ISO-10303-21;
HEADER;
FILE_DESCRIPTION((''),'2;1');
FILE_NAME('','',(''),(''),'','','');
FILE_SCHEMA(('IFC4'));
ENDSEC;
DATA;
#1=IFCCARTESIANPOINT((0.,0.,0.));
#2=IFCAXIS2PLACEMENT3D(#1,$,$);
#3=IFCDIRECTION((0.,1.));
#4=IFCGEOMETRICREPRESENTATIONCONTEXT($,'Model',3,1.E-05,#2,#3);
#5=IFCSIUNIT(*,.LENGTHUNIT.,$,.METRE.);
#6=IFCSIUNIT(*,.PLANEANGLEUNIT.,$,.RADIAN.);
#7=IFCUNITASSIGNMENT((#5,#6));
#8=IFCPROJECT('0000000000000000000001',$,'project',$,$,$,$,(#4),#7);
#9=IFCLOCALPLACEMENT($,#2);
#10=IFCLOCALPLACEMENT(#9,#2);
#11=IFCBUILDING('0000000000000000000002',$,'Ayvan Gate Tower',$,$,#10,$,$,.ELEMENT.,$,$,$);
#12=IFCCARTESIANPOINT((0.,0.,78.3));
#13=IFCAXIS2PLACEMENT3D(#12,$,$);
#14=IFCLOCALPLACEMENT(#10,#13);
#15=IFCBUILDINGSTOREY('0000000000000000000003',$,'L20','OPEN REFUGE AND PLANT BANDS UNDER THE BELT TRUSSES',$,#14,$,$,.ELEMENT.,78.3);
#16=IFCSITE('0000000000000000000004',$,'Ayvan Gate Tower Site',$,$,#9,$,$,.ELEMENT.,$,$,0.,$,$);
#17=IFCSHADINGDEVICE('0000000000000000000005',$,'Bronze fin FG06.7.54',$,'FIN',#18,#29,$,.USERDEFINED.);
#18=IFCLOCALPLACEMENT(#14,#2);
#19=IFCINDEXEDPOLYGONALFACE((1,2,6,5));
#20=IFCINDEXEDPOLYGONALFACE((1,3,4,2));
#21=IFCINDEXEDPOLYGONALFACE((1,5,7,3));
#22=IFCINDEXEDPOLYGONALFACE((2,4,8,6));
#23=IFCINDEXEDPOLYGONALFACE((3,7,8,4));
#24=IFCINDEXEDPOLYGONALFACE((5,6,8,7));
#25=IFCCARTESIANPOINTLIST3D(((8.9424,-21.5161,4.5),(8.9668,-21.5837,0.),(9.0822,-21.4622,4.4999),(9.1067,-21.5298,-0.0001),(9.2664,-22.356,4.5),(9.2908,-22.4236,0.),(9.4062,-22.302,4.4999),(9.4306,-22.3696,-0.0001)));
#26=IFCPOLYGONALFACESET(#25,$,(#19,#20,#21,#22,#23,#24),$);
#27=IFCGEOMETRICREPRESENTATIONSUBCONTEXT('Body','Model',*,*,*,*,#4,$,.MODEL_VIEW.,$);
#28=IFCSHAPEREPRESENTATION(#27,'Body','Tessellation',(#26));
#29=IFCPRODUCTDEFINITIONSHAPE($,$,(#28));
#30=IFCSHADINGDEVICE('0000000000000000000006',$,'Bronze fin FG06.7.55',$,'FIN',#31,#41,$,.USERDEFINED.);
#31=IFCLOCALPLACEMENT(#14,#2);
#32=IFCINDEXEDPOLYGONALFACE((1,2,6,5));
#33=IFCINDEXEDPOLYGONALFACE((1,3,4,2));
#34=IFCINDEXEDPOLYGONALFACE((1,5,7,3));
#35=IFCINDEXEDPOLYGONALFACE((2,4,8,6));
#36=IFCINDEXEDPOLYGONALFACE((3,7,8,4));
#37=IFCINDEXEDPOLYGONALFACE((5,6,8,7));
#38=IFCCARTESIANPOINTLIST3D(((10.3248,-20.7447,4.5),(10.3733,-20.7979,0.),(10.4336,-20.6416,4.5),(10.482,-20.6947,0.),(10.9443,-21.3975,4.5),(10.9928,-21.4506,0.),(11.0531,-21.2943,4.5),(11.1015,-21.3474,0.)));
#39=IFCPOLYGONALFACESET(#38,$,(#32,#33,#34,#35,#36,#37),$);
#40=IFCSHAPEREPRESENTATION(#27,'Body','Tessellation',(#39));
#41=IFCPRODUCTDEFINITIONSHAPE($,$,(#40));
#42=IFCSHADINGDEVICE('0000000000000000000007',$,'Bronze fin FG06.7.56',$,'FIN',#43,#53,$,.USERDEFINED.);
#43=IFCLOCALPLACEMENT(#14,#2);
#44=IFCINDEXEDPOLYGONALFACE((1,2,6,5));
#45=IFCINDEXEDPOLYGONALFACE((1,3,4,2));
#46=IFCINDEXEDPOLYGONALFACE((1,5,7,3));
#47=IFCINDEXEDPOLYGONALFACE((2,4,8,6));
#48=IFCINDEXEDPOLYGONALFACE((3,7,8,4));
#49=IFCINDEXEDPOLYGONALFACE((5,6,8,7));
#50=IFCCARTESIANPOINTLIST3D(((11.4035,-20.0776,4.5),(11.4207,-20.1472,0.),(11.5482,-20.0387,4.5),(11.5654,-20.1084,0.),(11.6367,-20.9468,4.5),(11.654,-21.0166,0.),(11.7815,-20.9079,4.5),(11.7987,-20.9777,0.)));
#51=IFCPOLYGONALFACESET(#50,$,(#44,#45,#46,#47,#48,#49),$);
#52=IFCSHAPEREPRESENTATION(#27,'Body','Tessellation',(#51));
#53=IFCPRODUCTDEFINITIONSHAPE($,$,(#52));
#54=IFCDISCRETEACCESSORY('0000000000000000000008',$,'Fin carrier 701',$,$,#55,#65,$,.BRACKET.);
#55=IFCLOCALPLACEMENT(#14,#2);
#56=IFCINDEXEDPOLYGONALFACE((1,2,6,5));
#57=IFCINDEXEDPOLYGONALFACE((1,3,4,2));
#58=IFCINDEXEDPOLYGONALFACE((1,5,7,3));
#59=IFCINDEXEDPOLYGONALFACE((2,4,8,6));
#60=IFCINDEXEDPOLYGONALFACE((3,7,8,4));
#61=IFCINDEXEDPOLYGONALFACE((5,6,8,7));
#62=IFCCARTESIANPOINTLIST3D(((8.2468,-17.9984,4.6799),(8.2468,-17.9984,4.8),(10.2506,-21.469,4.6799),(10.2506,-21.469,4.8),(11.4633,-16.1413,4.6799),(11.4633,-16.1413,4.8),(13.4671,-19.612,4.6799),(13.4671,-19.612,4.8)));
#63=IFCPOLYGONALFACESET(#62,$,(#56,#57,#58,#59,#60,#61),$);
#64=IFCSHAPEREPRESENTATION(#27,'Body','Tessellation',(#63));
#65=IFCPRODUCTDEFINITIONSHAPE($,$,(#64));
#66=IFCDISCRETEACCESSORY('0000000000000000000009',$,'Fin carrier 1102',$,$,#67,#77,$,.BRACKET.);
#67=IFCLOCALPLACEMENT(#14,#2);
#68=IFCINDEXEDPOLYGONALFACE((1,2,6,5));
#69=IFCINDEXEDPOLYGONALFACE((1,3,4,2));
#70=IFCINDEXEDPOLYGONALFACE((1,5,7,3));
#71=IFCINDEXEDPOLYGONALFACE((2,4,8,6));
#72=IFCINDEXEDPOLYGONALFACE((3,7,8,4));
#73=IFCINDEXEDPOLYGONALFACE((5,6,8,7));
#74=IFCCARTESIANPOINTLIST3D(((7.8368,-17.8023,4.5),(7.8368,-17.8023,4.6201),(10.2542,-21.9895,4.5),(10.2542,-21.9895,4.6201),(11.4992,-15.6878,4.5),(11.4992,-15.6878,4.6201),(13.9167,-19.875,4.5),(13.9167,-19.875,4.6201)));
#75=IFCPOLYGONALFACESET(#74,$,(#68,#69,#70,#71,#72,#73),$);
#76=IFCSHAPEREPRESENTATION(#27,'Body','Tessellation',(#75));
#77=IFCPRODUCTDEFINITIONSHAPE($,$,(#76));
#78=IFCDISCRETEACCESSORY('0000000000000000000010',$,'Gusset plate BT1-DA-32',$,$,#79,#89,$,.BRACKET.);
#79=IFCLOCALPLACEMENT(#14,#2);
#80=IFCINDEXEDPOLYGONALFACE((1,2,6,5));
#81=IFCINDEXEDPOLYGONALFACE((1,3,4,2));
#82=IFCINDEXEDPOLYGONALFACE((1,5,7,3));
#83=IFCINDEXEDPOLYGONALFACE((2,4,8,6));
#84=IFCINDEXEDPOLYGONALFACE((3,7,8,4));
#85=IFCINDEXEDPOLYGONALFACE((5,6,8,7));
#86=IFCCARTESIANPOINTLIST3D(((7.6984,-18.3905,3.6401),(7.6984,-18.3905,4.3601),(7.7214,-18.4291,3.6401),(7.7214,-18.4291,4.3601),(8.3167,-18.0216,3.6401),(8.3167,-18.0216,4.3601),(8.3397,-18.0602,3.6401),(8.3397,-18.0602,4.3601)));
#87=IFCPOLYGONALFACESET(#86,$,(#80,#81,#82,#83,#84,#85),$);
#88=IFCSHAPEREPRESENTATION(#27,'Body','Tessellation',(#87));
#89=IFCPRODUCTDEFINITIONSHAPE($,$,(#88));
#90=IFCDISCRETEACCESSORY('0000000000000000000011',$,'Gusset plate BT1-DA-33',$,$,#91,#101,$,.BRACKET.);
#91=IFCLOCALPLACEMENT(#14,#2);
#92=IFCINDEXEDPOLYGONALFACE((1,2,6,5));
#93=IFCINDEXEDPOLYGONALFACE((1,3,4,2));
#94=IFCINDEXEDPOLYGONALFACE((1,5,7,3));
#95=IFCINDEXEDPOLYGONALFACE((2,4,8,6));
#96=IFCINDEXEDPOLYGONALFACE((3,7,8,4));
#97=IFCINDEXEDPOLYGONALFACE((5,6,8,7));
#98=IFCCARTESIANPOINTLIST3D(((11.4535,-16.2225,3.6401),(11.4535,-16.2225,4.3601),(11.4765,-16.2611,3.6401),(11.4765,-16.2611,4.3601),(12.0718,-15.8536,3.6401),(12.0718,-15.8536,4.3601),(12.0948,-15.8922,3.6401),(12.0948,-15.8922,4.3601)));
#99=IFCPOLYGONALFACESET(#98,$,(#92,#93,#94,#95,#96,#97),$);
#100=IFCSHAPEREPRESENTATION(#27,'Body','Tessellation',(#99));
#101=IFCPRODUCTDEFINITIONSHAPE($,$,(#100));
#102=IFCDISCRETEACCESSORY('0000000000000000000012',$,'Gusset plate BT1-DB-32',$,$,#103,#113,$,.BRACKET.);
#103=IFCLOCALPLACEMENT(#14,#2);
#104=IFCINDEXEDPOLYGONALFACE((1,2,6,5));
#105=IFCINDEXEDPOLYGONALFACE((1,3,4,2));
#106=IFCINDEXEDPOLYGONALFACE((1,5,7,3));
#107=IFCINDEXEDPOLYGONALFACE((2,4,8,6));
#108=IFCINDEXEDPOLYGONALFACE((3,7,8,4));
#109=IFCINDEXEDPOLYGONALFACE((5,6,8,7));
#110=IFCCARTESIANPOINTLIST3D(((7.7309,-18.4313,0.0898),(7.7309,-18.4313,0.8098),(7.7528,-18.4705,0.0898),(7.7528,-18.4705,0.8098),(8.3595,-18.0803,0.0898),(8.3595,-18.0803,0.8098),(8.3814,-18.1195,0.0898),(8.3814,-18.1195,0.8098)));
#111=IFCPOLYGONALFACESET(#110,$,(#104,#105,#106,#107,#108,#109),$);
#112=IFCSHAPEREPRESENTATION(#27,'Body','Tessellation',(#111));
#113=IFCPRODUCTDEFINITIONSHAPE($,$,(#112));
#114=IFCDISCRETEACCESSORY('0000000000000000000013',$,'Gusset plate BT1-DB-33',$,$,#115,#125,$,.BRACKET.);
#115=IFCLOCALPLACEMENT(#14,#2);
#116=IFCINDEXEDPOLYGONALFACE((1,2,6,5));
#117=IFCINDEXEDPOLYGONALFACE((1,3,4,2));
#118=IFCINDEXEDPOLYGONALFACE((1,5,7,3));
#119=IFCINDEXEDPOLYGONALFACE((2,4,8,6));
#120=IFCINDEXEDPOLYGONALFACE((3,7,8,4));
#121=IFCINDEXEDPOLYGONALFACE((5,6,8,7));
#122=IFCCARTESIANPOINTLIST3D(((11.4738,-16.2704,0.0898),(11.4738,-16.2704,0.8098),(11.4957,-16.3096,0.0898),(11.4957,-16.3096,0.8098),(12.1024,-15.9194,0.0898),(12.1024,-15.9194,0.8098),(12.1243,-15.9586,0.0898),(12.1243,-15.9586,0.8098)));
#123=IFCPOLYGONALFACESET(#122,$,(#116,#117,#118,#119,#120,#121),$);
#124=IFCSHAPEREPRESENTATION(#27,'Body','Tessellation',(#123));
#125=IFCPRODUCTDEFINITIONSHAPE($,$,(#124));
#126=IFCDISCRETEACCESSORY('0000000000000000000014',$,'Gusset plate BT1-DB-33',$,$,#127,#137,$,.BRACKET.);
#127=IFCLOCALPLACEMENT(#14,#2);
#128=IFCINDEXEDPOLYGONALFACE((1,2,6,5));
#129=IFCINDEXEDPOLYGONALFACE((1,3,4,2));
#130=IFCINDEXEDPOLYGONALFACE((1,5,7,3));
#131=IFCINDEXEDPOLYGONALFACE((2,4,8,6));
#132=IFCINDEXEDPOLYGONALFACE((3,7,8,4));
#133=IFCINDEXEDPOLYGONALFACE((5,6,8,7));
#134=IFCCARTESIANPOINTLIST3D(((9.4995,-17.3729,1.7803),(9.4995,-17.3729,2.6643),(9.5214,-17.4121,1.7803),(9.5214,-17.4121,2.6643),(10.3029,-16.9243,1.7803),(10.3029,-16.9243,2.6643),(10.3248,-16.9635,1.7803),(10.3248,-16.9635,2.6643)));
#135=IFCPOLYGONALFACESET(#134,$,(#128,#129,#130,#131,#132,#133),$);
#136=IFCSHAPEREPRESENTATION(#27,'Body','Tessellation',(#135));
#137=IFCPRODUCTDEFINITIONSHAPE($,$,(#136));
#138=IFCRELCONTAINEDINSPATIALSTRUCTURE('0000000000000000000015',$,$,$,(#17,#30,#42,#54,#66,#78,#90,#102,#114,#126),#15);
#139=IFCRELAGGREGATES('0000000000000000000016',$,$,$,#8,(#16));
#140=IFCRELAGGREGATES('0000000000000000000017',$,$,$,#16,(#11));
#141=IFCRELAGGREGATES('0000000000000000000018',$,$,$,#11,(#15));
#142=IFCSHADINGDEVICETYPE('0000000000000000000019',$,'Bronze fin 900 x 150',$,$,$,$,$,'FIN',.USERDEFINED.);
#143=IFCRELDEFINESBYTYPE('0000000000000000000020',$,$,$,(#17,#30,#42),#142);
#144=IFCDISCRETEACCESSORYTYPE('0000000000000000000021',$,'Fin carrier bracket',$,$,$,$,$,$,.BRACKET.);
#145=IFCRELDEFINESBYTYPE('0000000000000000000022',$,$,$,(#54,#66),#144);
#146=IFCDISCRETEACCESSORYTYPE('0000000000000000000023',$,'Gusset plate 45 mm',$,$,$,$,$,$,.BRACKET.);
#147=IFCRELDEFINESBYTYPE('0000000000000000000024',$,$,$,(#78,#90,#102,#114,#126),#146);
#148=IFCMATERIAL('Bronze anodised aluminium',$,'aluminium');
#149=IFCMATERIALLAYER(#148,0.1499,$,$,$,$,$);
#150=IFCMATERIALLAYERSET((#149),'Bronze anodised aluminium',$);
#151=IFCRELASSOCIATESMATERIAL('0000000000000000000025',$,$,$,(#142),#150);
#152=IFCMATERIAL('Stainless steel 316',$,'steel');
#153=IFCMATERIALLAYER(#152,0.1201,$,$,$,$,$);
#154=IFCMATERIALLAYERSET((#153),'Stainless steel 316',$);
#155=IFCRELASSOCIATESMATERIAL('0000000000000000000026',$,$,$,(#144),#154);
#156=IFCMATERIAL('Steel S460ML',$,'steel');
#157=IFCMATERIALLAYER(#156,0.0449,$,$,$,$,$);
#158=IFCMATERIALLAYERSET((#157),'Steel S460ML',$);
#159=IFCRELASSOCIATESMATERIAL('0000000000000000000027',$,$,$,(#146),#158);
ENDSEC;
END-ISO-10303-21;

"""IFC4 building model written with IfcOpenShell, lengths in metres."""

from ifc_helpers import new_model, si_unit, direction, frame, origin, origin_2d, place, context, subcontext, project, spatial, polyline, rectangle, outline, extrude, material, layer, layer_set, type_object, element, save


model = new_model("IFC4")

# Units and contexts
model_context = context("Model", 3, precision=1e-05, world=origin(), true_north=direction((0.0, 1.0)))
body_context = subcontext(model_context, "Body", "Model", "MODEL_VIEW")
ifc_project = project(units=[si_unit("LENGTHUNIT", "METRE"), si_unit("PLANEANGLEUNIT", "RADIAN")], contexts=[model_context])

# Site, building, storey
site_placement = place(None, origin())
site = spatial("IfcSite", under=ifc_project, at=site_placement, Name="Ayvan Gate Tower Site", CompositionType="ELEMENT", RefElevation=0.0)
building_placement = place(site_placement, origin())
building = spatial("IfcBuilding", under=site, at=building_placement, Name="Ayvan Gate Tower", CompositionType="ELEMENT")
storey_placement = place(building_placement, frame((0.0, 0.0, 78.3)))
storey = spatial("IfcBuildingStorey", under=building, at=storey_placement, Name="L20", Description="OPEN REFUGE AND PLANT BANDS UNDER THE BELT TRUSSES", CompositionType="ELEMENT", Elevation=78.3)

# Shared definitions
ifc_material_1 = material(Name="Steel S460ML", Category="steel")

# Shading devices
ifc_material_2 = material(Name="Bronze anodised aluminium", Category="aluminium")
ifc_layer_1 = layer(ifc_material_2, 0.1499)
ifc_layer_set_1 = layer_set([ifc_layer_1], Name="Bronze anodised aluminium")
shading_device_type = type_object("IfcShadingDeviceType", Name="Bronze fin 900 x 150", ElementType="FIN", PredefinedType="USERDEFINED", material=ifc_layer_set_1)
shading_device_1_placement = place(storey_placement, frame((8.9668, -21.5837, 0.0), z_axis=(-0.932989, -0.359906, 0.000347), x_axis=(0.359906, -0.932989, 0.0)))
element("IfcShadingDevice", 1, at=shading_device_1_placement, inside=storey, type_object=shading_device_type, Name="Bronze fin FG06.7.54", ObjectType="FIN", PredefinedType="USERDEFINED", context=body_context, shape_type="SweptSolid", body=[
    extrude(outline(polyline([(0.0, 0.0), (0.9002, 0.0), (0.8283, 4.5), (-0.0719, 4.5), (0.0, 0.0)])), origin(), (0.0, 0.0, -1.0), 0.1499),
])
shading_device_2_placement = place(storey_placement, frame((10.3733, -20.7979, 0.0), z_axis=(-0.725314, -0.688418, 0.000312), x_axis=(0.688418, -0.725314, 0.0)))
element("IfcShadingDevice", 2, at=shading_device_2_placement, inside=storey, type_object=shading_device_type, Name="Bronze fin FG06.7.55", ObjectType="FIN", PredefinedType="USERDEFINED", context=body_context, shape_type="SweptSolid", body=[
    extrude(outline(polyline([(0.0, 0.0), (0.8999, 0.0), (0.828, 4.5), (-0.0719, 4.5), (0.0, 0.0)])), origin(), (0.0, 0.0, -1.0), 0.1499),
])
shading_device_3_placement = place(storey_placement, frame((11.4207, -20.1472, 0.0), z_axis=(-0.965826, -0.25919, 0.000321), x_axis=(0.25919, -0.965826, 0.0)))
element("IfcShadingDevice", 3, at=shading_device_3_placement, inside=storey, type_object=shading_device_type, Name="Bronze fin FG06.7.56", ObjectType="FIN", PredefinedType="USERDEFINED", context=body_context, shape_type="SweptSolid", body=[
    extrude(outline(polyline([(0.0, 0.0), (0.9001, 0.0), (0.8282, 4.5), (-0.0717, 4.5), (0.0, 0.0)])), origin(), (0.0, 0.0, -1.0), 0.1499),
])

# Discrete accessories
ifc_material_3 = material(Name="Stainless steel 316", Category="steel")
ifc_layer_2 = layer(ifc_material_3, 0.1201)
ifc_layer_set_2 = layer_set([ifc_layer_2], Name="Stainless steel 316")
discrete_accessory_type_1 = type_object("IfcDiscreteAccessoryType", Name="Fin carrier bracket", PredefinedType="BRACKET", material=ifc_layer_set_2)
discrete_accessory_1_placement = place(storey_placement, frame((10.8569, -18.8052, 4.6799), z_axis=(0.0, 0.0, 1.0), x_axis=(0.866025, 0.5, 0.0)))
element("IfcDiscreteAccessory", 4, at=discrete_accessory_1_placement, inside=storey, type_object=discrete_accessory_type_1, Name="Fin carrier 701", PredefinedType="BRACKET", context=body_context, shape_type="SweptSolid", body=[
    extrude(rectangle(XDim=3.7141, YDim=4.0076, at=origin_2d()), origin(), (0.0, 0.0, 1.0), 0.1201),
])
discrete_accessory_2_placement = place(storey_placement, frame((10.8767, -18.8386, 4.5), z_axis=(0.0, 0.0, 1.0), x_axis=(0.866025, 0.5, 0.0)))
element("IfcDiscreteAccessory", 5, at=discrete_accessory_2_placement, inside=storey, type_object=discrete_accessory_type_1, Name="Fin carrier 1102", PredefinedType="BRACKET", context=body_context, shape_type="SweptSolid", body=[
    extrude(rectangle(XDim=4.229, YDim=4.835, at=origin_2d()), origin(), (0.0, 0.0, 1.0), 0.1201),
])
ifc_layer_3 = layer(ifc_material_1, 0.0449)
ifc_layer_set_3 = layer_set([ifc_layer_3], Name="Steel S460ML")
discrete_accessory_type_2 = type_object("IfcDiscreteAccessoryType", Name="Gusset plate 45 mm", PredefinedType="BRACKET", material=ifc_layer_set_3)
for number, where, z_axis, x_axis, name in (
    (6, (8.019, -18.2253, 3.6401), (0.0, 0.0, 1.0), (0.858756, 0.512385, 0.0), "Gusset plate BT1-DA-32"),
    (7, (11.7742, -16.0574, 3.6401), (0.0, 0.0, 1.0), (0.85878, 0.512344, 0.0), "Gusset plate BT1-DA-33"),
    (8, (8.0562, -18.2754, 0.0898), (0.0, 0.0, 1.0), (0.87307, 0.487595, 0.0), "Gusset plate BT1-DB-32"),
    (9, (11.7991, -16.1145, 0.0898), (0.0, 0.0, 1.0), (0.873093, 0.487553, 0.0), "Gusset plate BT1-DB-33"),
):
    element("IfcDiscreteAccessory", number, at=place(storey_placement, frame(where, z_axis=z_axis, x_axis=x_axis)), inside=storey, type_object=discrete_accessory_type_2, Name=name, PredefinedType="BRACKET", context=body_context, shape_type="SweptSolid", body=[
        extrude(rectangle(XDim=0.72, YDim=0.0449, at=origin_2d()), origin(), (0.0, 0.0, 1.0), 0.72),
    ])
discrete_accessory_3_placement = place(storey_placement, frame((9.9121, -17.1682, 1.7803), z_axis=(0.0, 0.0, 1.0), x_axis=(0.873093, 0.487553, 0.0)))
element("IfcDiscreteAccessory", 10, at=discrete_accessory_3_placement, inside=storey, type_object=discrete_accessory_type_2, Name="Gusset plate BT1-DB-33", PredefinedType="BRACKET", context=body_context, shape_type="SweptSolid", body=[
    extrude(rectangle(XDim=0.9202, YDim=0.0449, at=origin_2d()), origin(), (0.0, 0.0, 1.0), 0.884),
])

save(model, "model.ifc")
